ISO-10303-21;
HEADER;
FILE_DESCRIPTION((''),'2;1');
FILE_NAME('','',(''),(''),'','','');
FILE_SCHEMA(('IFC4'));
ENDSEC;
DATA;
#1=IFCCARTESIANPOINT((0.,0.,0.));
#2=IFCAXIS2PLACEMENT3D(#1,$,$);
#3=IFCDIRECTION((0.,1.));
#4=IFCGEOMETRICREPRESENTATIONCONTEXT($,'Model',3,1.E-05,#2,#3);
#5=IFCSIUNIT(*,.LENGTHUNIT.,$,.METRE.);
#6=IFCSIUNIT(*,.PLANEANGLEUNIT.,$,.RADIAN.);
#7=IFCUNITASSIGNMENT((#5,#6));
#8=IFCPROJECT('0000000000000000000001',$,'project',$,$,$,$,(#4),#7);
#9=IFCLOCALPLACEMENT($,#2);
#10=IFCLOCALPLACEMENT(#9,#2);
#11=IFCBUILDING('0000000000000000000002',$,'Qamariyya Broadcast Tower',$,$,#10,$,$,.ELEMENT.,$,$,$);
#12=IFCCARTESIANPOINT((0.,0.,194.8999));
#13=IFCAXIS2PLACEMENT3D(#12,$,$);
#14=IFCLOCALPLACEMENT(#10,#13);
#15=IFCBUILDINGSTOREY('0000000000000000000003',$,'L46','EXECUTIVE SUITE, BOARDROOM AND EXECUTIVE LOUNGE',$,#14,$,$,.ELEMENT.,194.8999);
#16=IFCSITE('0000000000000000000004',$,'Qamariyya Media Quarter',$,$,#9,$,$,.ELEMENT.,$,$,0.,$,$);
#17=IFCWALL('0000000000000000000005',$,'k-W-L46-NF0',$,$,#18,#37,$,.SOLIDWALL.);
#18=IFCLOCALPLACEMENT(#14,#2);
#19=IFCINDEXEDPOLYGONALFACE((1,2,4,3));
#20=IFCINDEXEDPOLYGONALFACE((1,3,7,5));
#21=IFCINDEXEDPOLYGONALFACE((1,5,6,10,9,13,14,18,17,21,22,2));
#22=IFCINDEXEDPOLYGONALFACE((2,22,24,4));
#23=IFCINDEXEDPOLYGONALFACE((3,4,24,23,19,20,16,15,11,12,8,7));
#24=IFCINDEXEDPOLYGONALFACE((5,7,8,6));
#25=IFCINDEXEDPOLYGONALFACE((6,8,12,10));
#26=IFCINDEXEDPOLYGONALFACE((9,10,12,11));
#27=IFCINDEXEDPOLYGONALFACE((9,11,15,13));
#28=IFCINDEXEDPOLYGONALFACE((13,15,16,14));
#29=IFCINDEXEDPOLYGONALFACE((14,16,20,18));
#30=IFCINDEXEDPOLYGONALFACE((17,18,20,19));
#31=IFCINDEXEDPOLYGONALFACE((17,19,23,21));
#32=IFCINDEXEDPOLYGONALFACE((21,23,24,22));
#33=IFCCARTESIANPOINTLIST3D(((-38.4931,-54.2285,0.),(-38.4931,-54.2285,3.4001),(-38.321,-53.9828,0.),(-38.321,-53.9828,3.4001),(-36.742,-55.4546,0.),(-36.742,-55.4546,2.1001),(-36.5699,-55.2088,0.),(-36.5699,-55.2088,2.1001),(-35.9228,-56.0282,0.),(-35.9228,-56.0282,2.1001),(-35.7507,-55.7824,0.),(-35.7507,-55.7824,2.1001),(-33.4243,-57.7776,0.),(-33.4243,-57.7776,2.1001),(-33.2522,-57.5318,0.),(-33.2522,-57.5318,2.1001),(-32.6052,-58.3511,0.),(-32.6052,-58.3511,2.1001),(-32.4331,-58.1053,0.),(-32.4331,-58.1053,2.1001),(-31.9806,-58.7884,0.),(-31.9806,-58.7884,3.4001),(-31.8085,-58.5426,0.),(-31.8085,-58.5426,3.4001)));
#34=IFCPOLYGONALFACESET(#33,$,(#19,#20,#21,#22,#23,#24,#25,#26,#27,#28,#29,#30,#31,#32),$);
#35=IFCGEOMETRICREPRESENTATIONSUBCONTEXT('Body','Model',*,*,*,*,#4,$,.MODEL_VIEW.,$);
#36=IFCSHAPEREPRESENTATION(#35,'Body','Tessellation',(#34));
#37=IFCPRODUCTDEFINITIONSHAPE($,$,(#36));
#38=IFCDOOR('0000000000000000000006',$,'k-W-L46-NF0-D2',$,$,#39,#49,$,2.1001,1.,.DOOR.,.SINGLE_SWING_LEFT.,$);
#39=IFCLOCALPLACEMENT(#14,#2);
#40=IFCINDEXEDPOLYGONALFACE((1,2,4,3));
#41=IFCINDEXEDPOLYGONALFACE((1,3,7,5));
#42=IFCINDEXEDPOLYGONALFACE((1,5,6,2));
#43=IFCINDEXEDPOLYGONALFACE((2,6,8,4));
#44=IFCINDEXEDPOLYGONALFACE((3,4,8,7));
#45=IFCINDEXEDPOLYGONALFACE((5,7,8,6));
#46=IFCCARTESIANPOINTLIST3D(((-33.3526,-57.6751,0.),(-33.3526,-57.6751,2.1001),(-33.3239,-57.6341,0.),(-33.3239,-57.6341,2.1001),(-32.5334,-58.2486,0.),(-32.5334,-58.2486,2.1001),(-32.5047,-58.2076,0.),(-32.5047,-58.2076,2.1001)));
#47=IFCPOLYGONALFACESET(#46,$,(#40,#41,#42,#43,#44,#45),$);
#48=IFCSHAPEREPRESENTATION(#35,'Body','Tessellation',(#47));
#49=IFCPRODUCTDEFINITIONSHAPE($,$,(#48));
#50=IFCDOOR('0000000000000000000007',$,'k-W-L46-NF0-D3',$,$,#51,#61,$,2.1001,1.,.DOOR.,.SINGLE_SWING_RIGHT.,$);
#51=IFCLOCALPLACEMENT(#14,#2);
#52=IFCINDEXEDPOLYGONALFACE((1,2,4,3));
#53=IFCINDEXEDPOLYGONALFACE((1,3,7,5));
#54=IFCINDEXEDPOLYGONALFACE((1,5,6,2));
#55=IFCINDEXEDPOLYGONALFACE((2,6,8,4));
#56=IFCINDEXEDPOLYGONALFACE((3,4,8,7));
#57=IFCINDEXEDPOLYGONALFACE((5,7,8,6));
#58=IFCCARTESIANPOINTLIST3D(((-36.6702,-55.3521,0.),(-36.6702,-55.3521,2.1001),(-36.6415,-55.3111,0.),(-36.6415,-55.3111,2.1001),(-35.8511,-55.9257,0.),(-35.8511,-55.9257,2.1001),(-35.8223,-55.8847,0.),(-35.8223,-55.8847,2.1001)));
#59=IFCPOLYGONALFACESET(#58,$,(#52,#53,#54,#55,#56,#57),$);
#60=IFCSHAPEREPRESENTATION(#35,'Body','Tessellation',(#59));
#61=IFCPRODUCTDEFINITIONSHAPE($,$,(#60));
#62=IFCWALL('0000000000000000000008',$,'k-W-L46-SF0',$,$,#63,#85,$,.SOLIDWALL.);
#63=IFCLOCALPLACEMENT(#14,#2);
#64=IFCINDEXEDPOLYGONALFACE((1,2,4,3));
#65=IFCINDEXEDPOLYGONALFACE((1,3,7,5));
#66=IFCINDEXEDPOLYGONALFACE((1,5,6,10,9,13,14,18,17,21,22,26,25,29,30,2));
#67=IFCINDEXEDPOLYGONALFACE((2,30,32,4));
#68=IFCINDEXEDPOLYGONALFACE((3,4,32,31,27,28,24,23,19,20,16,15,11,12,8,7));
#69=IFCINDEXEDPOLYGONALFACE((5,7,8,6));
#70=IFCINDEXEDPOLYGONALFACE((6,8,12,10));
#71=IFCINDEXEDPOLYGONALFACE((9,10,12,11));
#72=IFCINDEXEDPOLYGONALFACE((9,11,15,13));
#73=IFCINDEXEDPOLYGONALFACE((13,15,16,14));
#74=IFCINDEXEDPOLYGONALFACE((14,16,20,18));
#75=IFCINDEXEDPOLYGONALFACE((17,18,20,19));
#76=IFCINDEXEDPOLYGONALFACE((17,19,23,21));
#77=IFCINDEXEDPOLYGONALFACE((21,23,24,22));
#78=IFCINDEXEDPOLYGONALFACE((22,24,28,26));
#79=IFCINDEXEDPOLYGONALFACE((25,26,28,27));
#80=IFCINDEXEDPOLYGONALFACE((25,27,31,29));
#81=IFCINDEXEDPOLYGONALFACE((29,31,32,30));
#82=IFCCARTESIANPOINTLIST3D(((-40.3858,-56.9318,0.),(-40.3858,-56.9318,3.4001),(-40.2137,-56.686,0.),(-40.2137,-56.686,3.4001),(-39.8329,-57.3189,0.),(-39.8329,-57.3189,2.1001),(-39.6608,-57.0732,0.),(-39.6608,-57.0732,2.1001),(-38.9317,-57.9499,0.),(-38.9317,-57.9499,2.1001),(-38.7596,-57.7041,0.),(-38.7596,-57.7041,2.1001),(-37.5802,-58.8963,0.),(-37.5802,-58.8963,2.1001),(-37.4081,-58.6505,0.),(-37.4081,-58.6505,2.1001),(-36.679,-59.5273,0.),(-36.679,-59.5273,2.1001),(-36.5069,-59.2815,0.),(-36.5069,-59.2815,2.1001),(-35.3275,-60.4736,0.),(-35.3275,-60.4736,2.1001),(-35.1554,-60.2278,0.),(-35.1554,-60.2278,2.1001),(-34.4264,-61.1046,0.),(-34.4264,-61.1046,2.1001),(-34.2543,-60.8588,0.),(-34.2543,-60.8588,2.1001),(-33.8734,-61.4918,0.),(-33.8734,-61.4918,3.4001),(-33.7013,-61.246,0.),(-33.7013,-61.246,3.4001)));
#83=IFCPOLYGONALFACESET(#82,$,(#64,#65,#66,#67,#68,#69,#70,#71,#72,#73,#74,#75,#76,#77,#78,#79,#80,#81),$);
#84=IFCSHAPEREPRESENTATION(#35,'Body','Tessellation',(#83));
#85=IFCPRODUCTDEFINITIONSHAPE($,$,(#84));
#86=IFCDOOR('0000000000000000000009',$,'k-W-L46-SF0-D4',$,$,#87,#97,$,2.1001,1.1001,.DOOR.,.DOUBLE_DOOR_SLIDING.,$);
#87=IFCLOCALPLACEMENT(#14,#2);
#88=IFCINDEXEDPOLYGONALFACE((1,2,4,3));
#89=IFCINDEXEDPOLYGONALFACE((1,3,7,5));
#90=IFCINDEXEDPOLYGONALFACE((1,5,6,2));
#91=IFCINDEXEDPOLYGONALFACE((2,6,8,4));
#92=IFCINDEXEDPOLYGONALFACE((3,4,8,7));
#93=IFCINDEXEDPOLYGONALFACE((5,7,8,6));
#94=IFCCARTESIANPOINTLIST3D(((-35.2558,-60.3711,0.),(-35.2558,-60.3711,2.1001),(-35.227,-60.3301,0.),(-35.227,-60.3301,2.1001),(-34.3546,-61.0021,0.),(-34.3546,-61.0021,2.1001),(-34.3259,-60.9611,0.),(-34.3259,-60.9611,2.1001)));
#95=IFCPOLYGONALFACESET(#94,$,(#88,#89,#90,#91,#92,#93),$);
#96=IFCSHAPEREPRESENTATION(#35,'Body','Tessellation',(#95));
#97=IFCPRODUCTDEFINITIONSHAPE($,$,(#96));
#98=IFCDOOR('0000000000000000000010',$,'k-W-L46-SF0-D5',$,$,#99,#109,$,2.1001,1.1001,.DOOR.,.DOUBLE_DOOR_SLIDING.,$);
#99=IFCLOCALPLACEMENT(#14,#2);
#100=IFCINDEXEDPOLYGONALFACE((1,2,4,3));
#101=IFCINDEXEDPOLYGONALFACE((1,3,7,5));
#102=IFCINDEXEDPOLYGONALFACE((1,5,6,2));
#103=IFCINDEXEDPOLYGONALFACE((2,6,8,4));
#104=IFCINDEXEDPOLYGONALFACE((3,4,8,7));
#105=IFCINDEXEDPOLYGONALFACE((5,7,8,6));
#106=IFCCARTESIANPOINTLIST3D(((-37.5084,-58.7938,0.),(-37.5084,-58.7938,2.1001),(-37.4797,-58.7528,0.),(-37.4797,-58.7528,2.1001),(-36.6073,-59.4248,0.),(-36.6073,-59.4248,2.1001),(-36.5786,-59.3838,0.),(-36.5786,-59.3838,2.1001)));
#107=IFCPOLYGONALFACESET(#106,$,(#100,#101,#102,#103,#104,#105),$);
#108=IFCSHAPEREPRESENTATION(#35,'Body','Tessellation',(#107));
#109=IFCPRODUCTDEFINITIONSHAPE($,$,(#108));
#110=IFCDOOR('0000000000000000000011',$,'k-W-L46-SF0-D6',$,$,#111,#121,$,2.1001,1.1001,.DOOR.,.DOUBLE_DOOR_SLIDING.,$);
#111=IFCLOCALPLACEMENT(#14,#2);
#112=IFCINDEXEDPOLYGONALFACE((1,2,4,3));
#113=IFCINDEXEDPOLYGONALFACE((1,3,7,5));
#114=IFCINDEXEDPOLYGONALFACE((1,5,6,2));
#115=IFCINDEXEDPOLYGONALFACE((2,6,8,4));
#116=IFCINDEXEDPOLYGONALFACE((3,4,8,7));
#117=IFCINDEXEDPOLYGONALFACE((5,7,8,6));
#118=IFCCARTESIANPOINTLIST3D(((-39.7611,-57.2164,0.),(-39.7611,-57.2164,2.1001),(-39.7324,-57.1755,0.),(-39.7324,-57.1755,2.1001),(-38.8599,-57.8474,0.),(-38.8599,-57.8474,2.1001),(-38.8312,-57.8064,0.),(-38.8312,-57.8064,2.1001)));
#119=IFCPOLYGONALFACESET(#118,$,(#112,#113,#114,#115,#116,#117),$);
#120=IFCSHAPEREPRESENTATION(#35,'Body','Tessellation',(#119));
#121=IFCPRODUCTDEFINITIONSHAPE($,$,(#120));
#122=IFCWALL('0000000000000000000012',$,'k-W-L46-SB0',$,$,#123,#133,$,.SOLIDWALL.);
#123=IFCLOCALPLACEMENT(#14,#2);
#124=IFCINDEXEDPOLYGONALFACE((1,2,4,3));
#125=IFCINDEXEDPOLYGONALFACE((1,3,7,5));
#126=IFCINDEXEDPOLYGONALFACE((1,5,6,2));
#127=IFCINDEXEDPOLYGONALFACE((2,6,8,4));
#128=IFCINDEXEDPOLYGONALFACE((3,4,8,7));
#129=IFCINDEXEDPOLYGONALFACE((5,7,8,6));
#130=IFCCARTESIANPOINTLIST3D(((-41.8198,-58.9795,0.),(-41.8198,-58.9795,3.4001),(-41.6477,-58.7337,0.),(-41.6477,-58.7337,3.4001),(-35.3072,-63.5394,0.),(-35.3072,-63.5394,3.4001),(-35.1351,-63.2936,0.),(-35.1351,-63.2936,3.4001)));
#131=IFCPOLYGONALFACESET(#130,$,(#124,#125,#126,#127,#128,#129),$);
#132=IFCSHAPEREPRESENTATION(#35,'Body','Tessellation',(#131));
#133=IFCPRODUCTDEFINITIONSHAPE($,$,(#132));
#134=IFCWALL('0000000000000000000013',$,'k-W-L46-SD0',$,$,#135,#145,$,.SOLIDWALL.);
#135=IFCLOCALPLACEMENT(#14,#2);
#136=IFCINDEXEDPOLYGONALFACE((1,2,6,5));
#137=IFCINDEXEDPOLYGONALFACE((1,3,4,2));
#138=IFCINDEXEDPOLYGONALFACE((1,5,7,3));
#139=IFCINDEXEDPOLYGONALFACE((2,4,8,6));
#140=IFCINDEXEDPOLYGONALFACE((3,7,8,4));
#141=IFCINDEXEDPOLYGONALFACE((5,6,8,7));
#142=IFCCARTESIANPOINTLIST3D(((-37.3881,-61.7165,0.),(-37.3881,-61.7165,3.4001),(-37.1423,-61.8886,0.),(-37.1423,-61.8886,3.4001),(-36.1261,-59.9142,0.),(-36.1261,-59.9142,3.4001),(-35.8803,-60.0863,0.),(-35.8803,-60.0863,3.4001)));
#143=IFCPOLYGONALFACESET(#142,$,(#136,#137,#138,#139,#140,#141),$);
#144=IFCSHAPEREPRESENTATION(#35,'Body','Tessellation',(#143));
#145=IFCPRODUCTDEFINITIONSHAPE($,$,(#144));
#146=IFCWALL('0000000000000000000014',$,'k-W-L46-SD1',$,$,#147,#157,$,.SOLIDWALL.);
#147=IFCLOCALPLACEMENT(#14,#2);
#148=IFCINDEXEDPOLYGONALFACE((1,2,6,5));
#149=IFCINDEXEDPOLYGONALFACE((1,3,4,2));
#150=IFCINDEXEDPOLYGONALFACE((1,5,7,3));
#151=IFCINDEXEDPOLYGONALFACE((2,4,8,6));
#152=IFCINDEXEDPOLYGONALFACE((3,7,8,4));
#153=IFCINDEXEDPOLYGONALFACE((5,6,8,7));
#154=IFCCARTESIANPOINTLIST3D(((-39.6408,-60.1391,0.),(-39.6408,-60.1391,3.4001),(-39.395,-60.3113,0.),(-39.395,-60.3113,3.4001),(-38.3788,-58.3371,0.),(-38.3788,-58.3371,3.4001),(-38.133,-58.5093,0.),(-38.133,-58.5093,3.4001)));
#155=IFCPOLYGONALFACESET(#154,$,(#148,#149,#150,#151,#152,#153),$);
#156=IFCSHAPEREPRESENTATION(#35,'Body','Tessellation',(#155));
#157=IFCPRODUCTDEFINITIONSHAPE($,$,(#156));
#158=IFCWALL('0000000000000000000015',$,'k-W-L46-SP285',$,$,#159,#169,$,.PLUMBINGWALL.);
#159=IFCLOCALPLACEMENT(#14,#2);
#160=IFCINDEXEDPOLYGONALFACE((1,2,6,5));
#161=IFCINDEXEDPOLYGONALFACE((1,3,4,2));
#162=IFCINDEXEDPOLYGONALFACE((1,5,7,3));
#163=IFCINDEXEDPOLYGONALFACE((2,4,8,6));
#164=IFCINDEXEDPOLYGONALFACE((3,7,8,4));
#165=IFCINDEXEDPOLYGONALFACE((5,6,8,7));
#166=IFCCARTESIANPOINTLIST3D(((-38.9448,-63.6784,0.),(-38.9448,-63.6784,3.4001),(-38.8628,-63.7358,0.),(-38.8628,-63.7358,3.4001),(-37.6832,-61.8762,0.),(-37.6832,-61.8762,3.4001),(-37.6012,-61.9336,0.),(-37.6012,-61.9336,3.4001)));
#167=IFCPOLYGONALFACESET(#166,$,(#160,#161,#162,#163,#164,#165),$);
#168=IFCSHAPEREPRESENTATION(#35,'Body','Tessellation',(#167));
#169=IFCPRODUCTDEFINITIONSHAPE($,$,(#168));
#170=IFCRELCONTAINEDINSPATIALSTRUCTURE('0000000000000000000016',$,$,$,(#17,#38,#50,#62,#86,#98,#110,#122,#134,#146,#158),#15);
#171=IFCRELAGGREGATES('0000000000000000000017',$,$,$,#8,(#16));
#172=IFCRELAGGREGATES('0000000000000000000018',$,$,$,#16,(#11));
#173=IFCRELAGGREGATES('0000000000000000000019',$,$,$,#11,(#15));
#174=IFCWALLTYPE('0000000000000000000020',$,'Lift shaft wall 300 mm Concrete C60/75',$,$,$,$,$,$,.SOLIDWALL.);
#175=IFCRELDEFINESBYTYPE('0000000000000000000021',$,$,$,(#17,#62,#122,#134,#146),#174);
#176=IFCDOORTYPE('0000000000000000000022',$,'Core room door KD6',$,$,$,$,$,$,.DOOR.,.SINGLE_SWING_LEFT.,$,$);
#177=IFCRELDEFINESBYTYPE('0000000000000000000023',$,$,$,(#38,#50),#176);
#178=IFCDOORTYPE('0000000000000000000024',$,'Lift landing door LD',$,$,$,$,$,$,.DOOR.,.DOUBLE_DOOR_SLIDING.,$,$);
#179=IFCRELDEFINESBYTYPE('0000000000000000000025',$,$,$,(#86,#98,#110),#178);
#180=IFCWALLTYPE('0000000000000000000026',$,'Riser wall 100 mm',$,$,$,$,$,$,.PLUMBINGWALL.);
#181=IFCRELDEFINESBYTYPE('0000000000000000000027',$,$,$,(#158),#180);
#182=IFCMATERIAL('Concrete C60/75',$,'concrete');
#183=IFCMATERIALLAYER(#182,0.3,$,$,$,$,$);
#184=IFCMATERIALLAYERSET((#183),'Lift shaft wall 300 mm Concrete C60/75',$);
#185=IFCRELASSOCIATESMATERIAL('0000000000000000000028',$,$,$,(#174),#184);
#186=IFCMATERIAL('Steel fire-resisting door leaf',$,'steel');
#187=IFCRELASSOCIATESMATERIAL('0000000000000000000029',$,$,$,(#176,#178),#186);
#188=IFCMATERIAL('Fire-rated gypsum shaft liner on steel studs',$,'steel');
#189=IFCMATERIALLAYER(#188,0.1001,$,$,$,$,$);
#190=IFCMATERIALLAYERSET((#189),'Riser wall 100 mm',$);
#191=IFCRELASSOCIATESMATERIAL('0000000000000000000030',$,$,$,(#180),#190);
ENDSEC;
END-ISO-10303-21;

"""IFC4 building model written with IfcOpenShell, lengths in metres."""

from ifc_helpers import new_model, si_unit, direction, frame, frame_2d, origin, place, context, subcontext, project, spatial, rectangle, extrude, material, layer, layer_set, type_object, element, fill, save


model = new_model("IFC4")

# Units and contexts
model_context = context("Model", 3, precision=1e-05, world=origin(), true_north=direction((0.0, 1.0)))
body_context = subcontext(model_context, "Body", "Model", "MODEL_VIEW")
ifc_project = project(units=[si_unit("LENGTHUNIT", "METRE"), si_unit("PLANEANGLEUNIT", "RADIAN")], contexts=[model_context])

# Site, building, storey
site_placement = place(None, origin())
site = spatial("IfcSite", under=ifc_project, at=site_placement, Name="Qamariyya Media Quarter", CompositionType="ELEMENT", RefElevation=0.0)
building_placement = place(site_placement, origin())
building = spatial("IfcBuilding", under=site, at=building_placement, Name="Qamariyya Broadcast Tower", CompositionType="ELEMENT")
storey_placement = place(building_placement, frame((0.0, 0.0, 194.8999)))
storey = spatial("IfcBuildingStorey", under=building, at=storey_placement, Name="L46", Description="EXECUTIVE SUITE, BOARDROOM AND EXECUTIVE LOUNGE", CompositionType="ELEMENT", Elevation=194.8999)

# Shared definitions
ifc_material_1 = material(Name="Concrete C60/75", Category="concrete")
ifc_material_2 = material(Name="Steel fire-resisting door leaf", Category="steel")

# Walls, openings, doors
ifc_layer_1 = layer(ifc_material_1, 0.3)
ifc_layer_set_1 = layer_set([ifc_layer_1], Name="Lift shaft wall 300 mm Concrete C60/75")
wall_type_1 = type_object("IfcWallType", Name="Lift shaft wall 300 mm Concrete C60/75", PredefinedType="SOLIDWALL", material=ifc_layer_set_1)
wall_1_placement = place(storey_placement, frame((-31.8945, -58.6655, 0.0), z_axis=(0.0, 0.0, 1.0), x_axis=(-0.819167, 0.573555, 0.0)))
wall_1 = element("IfcWall", 1, at=wall_1_placement, inside=storey, type_object=wall_type_1, Name="k-W-L46-NF0", PredefinedType="SOLIDWALL", context=body_context, shape_type="SweptSolid", body=[
    extrude(rectangle(XDim=7.9502, YDim=0.3, at=frame_2d((3.9751, 0.0))), origin(), (0.0, 0.0, 1.0), 3.4001),
])
opening_1_placement = place(wall_1_placement, frame((0.7625, 0.0, 0.0)))
opening_1 = element("IfcOpeningElement", 2, at=opening_1_placement, cuts=wall_1, PredefinedType="OPENING", context=body_context, shape_type="SweptSolid", body=[
    extrude(rectangle(XDim=1.0, YDim=2.1001, at=frame_2d((0.5, 1.05))), frame((0.0, 0.1599, 0.0), z_axis=(0.0, -1.0, 0.0), x_axis=(1.0, 0.0, 0.0)), (0.0, 0.0, 1.0), 0.3201),
])
opening_2_placement = place(wall_1_placement, frame((4.8125, 0.0, 0.0)))
opening_2 = element("IfcOpeningElement", 3, at=opening_2_placement, cuts=wall_1, PredefinedType="OPENING", context=body_context, shape_type="SweptSolid", body=[
    extrude(rectangle(XDim=1.0, YDim=2.1001, at=frame_2d((0.5, 1.05))), frame((0.0, 0.1599, 0.0), z_axis=(0.0, -1.0, 0.0), x_axis=(1.0, 0.0, 0.0)), (0.0, 0.0, 1.0), 0.3201),
])
door_type_1 = type_object("IfcDoorType", Name="Core room door KD6", OperationType="SINGLE_SWING_LEFT", PredefinedType="DOOR", material=ifc_material_2)
door_1_placement = place(opening_1_placement, origin())
door_1 = element("IfcDoor", 4, at=door_1_placement, inside=storey, type_object=door_type_1, Name="k-W-L46-NF0-D2", OperationType="SINGLE_SWING_LEFT", OverallHeight=2.1001, OverallWidth=1.0, PredefinedType="DOOR", context=body_context, shape_type="SweptSolid", body=[
    extrude(rectangle(XDim=1.0, YDim=2.1001, at=frame_2d((0.5, 1.05))), frame((0.0, 0.0249, 0.0), z_axis=(0.0, -1.0, 0.0), x_axis=(1.0, 0.0, 0.0)), (0.0, 0.0, 1.0), 0.05),
])
fill(opening_1, door_1)
door_2_placement = place(opening_2_placement, origin())
door_2 = element("IfcDoor", 5, at=door_2_placement, inside=storey, type_object=door_type_1, Name="k-W-L46-NF0-D3", OperationType="SINGLE_SWING_RIGHT", OverallHeight=2.1001, OverallWidth=1.0, PredefinedType="DOOR", context=body_context, shape_type="SweptSolid", body=[
    extrude(rectangle(XDim=1.0, YDim=2.1001, at=frame_2d((0.5, 1.05))), frame((0.0, 0.0249, 0.0), z_axis=(0.0, -1.0, 0.0), x_axis=(1.0, 0.0, 0.0)), (0.0, 0.0, 1.0), 0.05),
])
fill(opening_2, door_2)
wall_2_placement = place(storey_placement, frame((-33.7874, -61.3689, 0.0), z_axis=(0.0, 0.0, 1.0), x_axis=(-0.819153, 0.573576, 0.0)))
wall_2 = element("IfcWall", 6, at=wall_2_placement, inside=storey, type_object=wall_type_1, Name="k-W-L46-SF0", PredefinedType="SOLIDWALL", context=body_context, shape_type="SweptSolid", body=[
    extrude(rectangle(XDim=7.9502, YDim=0.3, at=frame_2d((3.9751, 0.0))), origin(), (0.0, 0.0, 1.0), 3.4001),
])
opening_3_placement = place(wall_2_placement, frame((0.675, 0.0, 0.0)))
opening_3 = element("IfcOpeningElement", 7, at=opening_3_placement, cuts=wall_2, PredefinedType="OPENING", context=body_context, shape_type="SweptSolid", body=[
    extrude(rectangle(XDim=1.1001, YDim=2.1001, at=frame_2d((0.55, 1.05))), frame((0.0, 0.1599, 0.0), z_axis=(0.0, -1.0, 0.0), x_axis=(1.0, 0.0, 0.0)), (0.0, 0.0, 1.0), 0.3201),
])
opening_4_placement = place(wall_2_placement, frame((3.425, 0.0, 0.0)))
opening_4 = element("IfcOpeningElement", 8, at=opening_4_placement, cuts=wall_2, PredefinedType="OPENING", context=body_context, shape_type="SweptSolid", body=[
    extrude(rectangle(XDim=1.1001, YDim=2.1001, at=frame_2d((0.55, 1.05))), frame((0.0, 0.1599, 0.0), z_axis=(0.0, -1.0, 0.0), x_axis=(1.0, 0.0, 0.0)), (0.0, 0.0, 1.0), 0.3201),
])
opening_5_placement = place(wall_2_placement, frame((6.175, 0.0, 0.0)))
opening_5 = element("IfcOpeningElement", 9, at=opening_5_placement, cuts=wall_2, PredefinedType="OPENING", context=body_context, shape_type="SweptSolid", body=[
    extrude(rectangle(XDim=1.1001, YDim=2.1001, at=frame_2d((0.55, 1.05))), frame((0.0, 0.1599, 0.0), z_axis=(0.0, -1.0, 0.0), x_axis=(1.0, 0.0, 0.0)), (0.0, 0.0, 1.0), 0.3201),
])
door_type_2 = type_object("IfcDoorType", Name="Lift landing door LD", OperationType="DOUBLE_DOOR_SLIDING", PredefinedType="DOOR", material=ifc_material_2)
door_3_placement = place(opening_3_placement, origin())
door_3 = element("IfcDoor", 10, at=door_3_placement, inside=storey, type_object=door_type_2, Name="k-W-L46-SF0-D4", OperationType="DOUBLE_DOOR_SLIDING", OverallHeight=2.1001, OverallWidth=1.1001, PredefinedType="DOOR", context=body_context, shape_type="SweptSolid", body=[
    extrude(rectangle(XDim=1.1001, YDim=2.1001, at=frame_2d((0.55, 1.05))), frame((0.0, 0.0249, 0.0), z_axis=(0.0, -1.0, 0.0), x_axis=(1.0, 0.0, 0.0)), (0.0, 0.0, 1.0), 0.05),
])
fill(opening_3, door_3)
door_4_placement = place(opening_4_placement, origin())
door_4 = element("IfcDoor", 11, at=door_4_placement, inside=storey, type_object=door_type_2, Name="k-W-L46-SF0-D5", OperationType="DOUBLE_DOOR_SLIDING", OverallHeight=2.1001, OverallWidth=1.1001, PredefinedType="DOOR", context=body_context, shape_type="SweptSolid", body=[
    extrude(rectangle(XDim=1.1001, YDim=2.1001, at=frame_2d((0.55, 1.05))), frame((0.0, 0.0249, 0.0), z_axis=(0.0, -1.0, 0.0), x_axis=(1.0, 0.0, 0.0)), (0.0, 0.0, 1.0), 0.05),
])
fill(opening_4, door_4)
door_5_placement = place(opening_5_placement, origin())
door_5 = element("IfcDoor", 12, at=door_5_placement, inside=storey, type_object=door_type_2, Name="k-W-L46-SF0-D6", OperationType="DOUBLE_DOOR_SLIDING", OverallHeight=2.1001, OverallWidth=1.1001, PredefinedType="DOOR", context=body_context, shape_type="SweptSolid", body=[
    extrude(rectangle(XDim=1.1001, YDim=2.1001, at=frame_2d((0.55, 1.05))), frame((0.0, 0.0249, 0.0), z_axis=(0.0, -1.0, 0.0), x_axis=(1.0, 0.0, 0.0)), (0.0, 0.0, 1.0), 0.05),
])
fill(opening_5, door_5)

# Walls
wall_3_placement = place(storey_placement, frame((-35.2212, -63.4165, 0.0), z_axis=(0.0, 0.0, 1.0), x_axis=(-0.819167, 0.573555, 0.0)))
element("IfcWall", 13, at=wall_3_placement, inside=storey, type_object=wall_type_1, Name="k-W-L46-SB0", PredefinedType="SOLIDWALL", context=body_context, shape_type="SweptSolid", body=[
    extrude(rectangle(XDim=7.9502, YDim=0.3, at=frame_2d((3.9751, 0.0))), origin(), (0.0, 0.0, 1.0), 3.4001),
])
wall_4_placement = place(storey_placement, frame((-36.0032, -60.0002, 0.0), z_axis=(0.0, 0.0, 1.0), x_axis=(-0.573581, -0.819149, 0.0)))
element("IfcWall", 14, at=wall_4_placement, inside=storey, type_object=wall_type_1, Name="k-W-L46-SD0", PredefinedType="SOLIDWALL", context=body_context, shape_type="SweptSolid", body=[
    extrude(rectangle(XDim=2.2002, YDim=0.3, at=frame_2d((1.1001, 0.0))), origin(), (0.0, 0.0, 1.0), 3.4001),
])
wall_5_placement = place(storey_placement, frame((-38.2559, -58.4231, 0.0), z_axis=(0.0, 0.0, 1.0), x_axis=(-0.573634, -0.819112, 0.0)))
element("IfcWall", 15, at=wall_5_placement, inside=storey, type_object=wall_type_1, Name="k-W-L46-SD1", PredefinedType="SOLIDWALL", context=body_context, shape_type="SweptSolid", body=[
    extrude(rectangle(XDim=2.2, YDim=0.3, at=frame_2d((1.1001, 0.0))), origin(), (0.0, 0.0, 1.0), 3.4001),
])
ifc_material_3 = material(Name="Fire-rated gypsum shaft liner on steel studs", Category="steel")
ifc_layer_2 = layer(ifc_material_3, 0.1001)
ifc_layer_set_2 = layer_set([ifc_layer_2], Name="Riser wall 100 mm")
wall_type_2 = type_object("IfcWallType", Name="Riser wall 100 mm", PredefinedType="PLUMBINGWALL", material=ifc_layer_set_2)
wall_6_placement = place(storey_placement, frame((-37.6421, -61.9048, 0.0), z_axis=(0.0, 0.0, 1.0), x_axis=(-0.573507, -0.819201, 0.0)))
element("IfcWall", 16, at=wall_6_placement, inside=storey, type_object=wall_type_2, Name="k-W-L46-SP285", PredefinedType="PLUMBINGWALL", context=body_context, shape_type="SweptSolid", body=[
    extrude(rectangle(XDim=2.2, YDim=0.1001, at=frame_2d((1.1001, 0.0))), origin(), (0.0, 0.0, 1.0), 3.4001),
])

save(model, "model.ifc")
